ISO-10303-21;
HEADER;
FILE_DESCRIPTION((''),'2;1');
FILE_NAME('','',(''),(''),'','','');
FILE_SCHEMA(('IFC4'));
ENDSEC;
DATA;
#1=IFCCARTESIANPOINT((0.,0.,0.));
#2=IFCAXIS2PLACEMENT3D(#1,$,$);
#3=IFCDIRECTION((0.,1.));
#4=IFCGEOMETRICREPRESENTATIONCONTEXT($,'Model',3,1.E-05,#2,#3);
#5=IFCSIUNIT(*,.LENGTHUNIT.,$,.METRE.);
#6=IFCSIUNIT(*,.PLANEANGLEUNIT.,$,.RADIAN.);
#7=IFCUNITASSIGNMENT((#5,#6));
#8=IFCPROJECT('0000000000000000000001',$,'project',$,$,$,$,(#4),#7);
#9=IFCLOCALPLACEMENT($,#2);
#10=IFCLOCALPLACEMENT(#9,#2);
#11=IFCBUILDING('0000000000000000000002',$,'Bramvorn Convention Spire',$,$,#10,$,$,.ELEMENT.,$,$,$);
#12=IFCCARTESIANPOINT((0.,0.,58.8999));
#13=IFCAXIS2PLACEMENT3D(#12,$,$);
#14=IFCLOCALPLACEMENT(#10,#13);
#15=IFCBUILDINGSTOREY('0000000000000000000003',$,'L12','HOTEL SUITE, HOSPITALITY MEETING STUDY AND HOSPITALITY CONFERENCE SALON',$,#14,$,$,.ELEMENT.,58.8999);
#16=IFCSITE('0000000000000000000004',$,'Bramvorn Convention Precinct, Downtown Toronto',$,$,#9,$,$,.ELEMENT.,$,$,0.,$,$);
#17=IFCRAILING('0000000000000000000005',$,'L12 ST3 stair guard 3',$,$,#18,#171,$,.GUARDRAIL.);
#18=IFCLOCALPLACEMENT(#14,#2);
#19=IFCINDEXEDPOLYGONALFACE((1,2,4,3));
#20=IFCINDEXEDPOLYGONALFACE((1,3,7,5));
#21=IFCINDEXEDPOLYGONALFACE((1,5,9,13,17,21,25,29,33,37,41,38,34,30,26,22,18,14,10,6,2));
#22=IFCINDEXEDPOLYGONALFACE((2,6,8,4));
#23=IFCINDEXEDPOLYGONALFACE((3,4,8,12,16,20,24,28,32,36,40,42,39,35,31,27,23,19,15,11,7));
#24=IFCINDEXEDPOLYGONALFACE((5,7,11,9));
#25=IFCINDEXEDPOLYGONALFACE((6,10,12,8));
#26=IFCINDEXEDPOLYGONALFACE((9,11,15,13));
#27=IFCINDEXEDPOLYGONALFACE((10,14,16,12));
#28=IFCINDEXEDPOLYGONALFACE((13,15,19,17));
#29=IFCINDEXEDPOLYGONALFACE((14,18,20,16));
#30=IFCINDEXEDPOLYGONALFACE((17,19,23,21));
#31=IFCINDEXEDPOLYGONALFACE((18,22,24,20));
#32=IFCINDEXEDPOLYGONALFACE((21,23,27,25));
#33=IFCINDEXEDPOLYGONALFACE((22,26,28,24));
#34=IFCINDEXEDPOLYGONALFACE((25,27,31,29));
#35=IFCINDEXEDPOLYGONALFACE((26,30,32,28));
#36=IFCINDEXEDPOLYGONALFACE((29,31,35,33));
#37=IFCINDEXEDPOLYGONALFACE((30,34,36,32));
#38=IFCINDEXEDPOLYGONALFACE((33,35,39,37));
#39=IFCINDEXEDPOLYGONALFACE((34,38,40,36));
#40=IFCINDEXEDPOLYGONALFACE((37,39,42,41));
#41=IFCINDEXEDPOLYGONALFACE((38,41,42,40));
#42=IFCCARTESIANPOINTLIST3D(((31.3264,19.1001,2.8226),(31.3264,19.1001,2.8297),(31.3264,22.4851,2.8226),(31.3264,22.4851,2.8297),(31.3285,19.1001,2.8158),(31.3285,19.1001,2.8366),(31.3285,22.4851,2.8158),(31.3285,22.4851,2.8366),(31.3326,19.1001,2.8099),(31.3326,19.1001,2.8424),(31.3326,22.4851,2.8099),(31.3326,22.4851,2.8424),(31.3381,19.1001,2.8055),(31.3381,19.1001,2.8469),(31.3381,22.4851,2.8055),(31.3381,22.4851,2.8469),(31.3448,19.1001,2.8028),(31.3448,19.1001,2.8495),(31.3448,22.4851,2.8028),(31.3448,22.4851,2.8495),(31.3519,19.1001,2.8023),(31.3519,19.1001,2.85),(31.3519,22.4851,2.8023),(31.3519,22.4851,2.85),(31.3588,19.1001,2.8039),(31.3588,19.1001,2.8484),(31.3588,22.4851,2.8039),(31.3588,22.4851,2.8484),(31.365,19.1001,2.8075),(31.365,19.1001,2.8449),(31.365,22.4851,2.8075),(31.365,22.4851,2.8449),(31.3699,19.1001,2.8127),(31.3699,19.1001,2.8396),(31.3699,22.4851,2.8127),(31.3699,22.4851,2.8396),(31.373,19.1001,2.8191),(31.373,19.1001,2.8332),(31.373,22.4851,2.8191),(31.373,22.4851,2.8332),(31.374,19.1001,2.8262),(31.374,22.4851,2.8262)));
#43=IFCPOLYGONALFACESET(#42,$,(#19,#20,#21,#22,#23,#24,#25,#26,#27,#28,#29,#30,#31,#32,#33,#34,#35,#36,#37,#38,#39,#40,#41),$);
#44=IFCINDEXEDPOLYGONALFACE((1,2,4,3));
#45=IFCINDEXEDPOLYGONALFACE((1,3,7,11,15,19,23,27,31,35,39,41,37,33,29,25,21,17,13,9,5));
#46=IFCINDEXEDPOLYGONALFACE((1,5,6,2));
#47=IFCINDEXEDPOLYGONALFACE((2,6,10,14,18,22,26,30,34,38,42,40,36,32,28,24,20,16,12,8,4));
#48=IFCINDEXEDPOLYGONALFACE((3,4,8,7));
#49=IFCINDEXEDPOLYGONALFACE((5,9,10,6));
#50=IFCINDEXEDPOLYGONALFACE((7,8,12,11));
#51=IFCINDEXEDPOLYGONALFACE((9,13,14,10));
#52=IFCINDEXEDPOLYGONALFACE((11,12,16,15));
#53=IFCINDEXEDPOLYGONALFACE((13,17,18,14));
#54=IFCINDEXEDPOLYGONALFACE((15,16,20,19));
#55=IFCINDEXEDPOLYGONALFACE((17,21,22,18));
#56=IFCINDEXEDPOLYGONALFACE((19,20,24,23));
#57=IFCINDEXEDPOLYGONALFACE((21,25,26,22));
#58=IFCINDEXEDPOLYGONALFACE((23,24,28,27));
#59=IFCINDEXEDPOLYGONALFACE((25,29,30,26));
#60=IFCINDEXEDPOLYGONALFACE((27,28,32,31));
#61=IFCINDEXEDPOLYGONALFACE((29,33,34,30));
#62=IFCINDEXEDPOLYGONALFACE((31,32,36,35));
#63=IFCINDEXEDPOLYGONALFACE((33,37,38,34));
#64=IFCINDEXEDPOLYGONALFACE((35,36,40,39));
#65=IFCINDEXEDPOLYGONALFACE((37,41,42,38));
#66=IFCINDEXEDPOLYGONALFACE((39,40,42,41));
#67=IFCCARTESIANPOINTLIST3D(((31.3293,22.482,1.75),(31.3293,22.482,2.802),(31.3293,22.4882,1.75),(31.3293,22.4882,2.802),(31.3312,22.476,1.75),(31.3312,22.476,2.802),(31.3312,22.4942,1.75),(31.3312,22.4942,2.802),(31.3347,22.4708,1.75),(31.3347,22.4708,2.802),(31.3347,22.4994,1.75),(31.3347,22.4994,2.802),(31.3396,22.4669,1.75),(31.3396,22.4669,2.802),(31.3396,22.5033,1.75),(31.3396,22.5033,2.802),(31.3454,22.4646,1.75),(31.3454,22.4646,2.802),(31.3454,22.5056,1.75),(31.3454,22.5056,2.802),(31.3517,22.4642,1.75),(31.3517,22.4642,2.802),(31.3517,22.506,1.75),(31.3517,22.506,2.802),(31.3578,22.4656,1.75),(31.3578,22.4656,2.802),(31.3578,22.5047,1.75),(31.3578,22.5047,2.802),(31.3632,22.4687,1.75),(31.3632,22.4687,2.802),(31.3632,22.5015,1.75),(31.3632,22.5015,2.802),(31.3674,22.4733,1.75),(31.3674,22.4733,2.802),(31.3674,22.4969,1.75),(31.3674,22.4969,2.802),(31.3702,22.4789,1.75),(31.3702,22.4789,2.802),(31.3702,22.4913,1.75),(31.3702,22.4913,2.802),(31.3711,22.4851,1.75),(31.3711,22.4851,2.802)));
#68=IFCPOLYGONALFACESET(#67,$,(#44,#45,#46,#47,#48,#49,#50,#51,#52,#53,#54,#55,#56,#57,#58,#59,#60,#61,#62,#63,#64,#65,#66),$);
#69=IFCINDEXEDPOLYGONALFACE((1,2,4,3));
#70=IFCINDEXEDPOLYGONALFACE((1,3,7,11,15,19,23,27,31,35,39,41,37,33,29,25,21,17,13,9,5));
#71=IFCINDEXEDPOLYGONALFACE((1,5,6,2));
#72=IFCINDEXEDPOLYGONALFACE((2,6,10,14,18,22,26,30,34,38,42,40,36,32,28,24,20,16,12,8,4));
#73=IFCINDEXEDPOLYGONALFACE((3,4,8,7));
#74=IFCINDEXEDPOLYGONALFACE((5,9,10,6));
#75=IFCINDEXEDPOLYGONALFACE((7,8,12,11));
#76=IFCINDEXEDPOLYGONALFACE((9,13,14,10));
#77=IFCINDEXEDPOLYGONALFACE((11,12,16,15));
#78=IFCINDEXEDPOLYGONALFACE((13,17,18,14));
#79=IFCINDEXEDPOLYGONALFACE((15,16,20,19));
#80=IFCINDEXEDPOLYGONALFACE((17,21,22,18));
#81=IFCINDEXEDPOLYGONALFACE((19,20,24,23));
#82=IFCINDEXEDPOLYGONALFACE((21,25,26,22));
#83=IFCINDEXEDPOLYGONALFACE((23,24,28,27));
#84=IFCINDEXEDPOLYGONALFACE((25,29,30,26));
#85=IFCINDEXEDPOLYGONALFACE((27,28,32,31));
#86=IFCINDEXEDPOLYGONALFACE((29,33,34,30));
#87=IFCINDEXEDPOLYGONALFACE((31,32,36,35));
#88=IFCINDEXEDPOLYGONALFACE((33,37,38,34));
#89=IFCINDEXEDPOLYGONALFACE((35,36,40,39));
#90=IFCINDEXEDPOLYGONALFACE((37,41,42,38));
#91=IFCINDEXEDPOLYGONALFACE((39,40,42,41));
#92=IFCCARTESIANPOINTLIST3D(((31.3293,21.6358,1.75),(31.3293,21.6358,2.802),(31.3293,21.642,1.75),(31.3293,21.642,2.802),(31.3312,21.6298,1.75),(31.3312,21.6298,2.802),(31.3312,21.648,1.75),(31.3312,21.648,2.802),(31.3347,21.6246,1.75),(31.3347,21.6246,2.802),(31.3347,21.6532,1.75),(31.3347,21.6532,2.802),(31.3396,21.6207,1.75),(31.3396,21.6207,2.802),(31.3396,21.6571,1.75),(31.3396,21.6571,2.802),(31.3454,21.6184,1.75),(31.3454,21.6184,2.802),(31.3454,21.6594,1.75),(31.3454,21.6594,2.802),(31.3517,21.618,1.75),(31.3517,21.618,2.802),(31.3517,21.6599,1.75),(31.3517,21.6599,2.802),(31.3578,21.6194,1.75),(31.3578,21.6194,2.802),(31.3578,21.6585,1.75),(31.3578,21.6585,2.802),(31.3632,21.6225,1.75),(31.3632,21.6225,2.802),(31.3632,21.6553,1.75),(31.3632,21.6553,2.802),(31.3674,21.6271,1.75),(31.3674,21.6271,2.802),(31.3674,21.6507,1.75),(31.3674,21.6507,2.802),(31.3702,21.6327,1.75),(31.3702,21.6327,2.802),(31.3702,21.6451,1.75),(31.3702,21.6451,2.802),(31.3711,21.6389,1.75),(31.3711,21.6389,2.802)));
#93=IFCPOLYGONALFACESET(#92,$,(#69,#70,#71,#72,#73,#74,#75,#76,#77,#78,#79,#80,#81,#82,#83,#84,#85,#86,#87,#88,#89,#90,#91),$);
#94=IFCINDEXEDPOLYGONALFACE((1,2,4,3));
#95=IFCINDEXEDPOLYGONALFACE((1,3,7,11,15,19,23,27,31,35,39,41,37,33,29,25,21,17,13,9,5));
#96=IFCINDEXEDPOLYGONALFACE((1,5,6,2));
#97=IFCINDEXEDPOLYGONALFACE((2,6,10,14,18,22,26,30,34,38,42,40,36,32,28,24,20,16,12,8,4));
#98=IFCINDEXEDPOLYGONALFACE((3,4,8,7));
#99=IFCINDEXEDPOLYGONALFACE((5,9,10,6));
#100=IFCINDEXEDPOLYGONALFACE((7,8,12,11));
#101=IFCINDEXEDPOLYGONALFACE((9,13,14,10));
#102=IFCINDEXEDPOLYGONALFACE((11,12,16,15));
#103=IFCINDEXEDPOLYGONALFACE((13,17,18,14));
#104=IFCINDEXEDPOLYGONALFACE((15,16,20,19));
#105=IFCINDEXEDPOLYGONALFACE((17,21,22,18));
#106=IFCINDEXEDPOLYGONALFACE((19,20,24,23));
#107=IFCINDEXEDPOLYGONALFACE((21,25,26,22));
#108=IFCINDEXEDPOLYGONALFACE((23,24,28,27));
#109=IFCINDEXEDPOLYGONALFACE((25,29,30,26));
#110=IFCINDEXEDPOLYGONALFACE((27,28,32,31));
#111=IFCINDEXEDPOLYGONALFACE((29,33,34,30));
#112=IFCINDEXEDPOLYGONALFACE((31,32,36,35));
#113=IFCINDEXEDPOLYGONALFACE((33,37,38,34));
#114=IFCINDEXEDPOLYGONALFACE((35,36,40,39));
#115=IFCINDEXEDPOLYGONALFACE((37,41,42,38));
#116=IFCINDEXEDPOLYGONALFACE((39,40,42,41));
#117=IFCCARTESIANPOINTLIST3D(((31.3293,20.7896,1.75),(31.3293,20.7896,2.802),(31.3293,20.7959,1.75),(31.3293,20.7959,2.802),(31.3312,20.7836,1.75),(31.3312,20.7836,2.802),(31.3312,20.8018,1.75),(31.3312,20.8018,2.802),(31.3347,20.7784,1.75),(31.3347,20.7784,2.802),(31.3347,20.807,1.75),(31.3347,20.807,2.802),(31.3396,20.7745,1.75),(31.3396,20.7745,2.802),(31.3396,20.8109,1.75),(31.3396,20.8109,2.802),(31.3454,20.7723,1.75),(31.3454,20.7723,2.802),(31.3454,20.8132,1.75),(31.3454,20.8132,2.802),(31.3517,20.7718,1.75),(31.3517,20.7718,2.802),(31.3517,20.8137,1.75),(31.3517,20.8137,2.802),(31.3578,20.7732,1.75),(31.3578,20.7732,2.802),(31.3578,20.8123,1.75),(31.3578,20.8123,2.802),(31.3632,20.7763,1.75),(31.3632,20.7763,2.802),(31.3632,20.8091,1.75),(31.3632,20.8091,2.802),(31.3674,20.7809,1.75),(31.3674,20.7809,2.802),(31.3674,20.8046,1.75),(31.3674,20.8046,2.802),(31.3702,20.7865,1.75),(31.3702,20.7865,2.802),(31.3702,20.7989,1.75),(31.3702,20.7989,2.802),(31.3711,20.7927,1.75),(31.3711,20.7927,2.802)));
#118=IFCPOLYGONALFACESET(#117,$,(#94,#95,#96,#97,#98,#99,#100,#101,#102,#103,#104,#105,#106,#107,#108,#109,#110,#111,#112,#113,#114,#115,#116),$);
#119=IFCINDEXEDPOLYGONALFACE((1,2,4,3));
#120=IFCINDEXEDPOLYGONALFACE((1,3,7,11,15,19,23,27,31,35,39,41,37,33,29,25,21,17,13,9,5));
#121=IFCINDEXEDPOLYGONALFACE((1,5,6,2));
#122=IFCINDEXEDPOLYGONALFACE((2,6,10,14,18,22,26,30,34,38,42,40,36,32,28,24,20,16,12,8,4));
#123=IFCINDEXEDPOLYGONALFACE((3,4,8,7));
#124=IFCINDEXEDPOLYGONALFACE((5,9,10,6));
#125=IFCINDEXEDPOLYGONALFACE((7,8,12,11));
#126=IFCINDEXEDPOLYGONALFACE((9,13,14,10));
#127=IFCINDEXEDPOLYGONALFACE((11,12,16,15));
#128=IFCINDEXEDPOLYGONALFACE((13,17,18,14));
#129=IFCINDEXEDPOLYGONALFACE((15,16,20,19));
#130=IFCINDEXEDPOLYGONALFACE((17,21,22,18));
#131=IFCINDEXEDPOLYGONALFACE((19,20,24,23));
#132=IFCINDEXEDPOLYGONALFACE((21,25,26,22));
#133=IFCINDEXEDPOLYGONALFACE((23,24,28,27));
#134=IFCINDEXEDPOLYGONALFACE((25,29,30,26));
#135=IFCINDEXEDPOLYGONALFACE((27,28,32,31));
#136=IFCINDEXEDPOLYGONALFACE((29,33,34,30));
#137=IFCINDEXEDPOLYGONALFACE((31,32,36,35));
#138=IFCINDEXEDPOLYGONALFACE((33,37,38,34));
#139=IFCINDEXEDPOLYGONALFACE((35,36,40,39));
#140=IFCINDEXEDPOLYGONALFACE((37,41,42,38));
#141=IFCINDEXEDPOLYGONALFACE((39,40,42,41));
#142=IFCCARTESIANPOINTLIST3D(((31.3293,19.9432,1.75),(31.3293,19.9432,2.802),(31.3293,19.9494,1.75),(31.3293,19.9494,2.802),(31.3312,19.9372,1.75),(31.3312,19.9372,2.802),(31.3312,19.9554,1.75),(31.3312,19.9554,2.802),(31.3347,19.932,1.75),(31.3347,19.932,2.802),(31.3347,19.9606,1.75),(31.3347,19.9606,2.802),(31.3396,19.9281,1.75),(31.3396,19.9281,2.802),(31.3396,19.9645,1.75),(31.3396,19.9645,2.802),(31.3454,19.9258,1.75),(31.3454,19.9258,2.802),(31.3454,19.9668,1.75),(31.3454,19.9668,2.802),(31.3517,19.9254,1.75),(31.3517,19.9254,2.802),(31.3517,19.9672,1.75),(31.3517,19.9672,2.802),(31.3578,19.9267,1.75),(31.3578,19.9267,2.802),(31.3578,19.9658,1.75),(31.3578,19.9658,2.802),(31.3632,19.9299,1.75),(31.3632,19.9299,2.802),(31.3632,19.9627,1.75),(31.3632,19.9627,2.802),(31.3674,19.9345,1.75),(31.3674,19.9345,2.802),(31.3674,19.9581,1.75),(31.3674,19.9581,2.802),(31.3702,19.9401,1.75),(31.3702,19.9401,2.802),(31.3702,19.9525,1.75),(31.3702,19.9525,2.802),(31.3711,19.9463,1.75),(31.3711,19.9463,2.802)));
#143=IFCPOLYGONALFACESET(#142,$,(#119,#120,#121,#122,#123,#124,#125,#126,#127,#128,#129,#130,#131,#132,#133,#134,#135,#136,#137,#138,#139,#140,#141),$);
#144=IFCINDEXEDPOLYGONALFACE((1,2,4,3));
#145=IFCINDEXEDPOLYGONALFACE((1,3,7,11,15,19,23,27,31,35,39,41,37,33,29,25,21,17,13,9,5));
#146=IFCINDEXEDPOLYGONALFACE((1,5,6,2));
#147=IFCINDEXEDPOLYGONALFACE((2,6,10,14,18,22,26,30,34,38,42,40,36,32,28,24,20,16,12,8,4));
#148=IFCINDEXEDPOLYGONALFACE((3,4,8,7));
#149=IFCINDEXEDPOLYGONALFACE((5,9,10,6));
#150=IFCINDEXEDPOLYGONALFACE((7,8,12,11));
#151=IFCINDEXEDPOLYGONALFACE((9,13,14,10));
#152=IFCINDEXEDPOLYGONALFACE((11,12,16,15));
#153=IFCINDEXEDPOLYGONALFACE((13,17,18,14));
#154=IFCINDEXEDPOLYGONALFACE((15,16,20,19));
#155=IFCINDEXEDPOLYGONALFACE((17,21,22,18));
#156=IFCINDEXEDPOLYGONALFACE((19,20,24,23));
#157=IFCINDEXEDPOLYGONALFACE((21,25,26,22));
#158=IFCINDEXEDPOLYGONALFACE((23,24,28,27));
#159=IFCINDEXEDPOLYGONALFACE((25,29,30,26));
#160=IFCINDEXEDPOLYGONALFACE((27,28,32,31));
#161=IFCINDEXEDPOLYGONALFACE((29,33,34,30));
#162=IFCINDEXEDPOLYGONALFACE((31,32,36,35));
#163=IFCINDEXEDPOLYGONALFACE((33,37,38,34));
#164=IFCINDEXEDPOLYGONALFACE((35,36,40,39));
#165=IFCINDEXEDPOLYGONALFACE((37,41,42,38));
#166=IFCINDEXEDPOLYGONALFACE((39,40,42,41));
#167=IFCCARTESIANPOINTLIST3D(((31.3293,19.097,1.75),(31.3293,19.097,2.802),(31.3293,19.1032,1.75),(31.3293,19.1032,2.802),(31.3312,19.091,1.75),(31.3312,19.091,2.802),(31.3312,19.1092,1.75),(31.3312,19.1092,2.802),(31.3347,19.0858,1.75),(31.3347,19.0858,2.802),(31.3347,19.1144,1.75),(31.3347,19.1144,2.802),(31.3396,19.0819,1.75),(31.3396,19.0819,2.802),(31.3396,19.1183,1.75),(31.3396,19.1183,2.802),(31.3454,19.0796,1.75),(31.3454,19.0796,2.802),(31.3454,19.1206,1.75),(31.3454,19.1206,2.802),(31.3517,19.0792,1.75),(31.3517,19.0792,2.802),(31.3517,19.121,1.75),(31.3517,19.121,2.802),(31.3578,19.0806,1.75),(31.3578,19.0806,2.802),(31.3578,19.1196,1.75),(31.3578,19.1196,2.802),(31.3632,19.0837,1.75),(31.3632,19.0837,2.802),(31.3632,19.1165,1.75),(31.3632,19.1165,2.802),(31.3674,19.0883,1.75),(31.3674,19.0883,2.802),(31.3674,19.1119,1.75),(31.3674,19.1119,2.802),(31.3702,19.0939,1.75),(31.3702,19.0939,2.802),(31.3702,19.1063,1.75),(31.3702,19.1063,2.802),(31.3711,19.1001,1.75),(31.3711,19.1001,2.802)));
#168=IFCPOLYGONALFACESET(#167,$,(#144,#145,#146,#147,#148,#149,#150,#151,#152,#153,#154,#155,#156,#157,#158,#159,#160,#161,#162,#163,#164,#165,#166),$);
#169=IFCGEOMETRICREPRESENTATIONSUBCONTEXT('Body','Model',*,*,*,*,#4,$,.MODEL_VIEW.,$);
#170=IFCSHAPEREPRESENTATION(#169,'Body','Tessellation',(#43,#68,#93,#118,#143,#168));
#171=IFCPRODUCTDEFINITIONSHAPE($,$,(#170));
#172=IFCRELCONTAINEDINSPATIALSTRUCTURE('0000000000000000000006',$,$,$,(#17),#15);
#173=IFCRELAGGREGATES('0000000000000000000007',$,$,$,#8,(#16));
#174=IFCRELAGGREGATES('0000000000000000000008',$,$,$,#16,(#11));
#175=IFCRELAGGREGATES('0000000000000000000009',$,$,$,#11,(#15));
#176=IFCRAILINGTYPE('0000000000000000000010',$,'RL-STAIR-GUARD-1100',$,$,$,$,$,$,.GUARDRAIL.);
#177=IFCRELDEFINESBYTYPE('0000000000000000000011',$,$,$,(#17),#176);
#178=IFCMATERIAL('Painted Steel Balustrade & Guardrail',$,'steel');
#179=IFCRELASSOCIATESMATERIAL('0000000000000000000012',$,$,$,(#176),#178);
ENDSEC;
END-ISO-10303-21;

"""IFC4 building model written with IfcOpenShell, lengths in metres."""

from ifc_helpers import new_model, si_unit, direction, frame, origin, origin_2d, place, context, subcontext, project, spatial, circle, extrude, material, type_object, element, save


model = new_model("IFC4")

# Units and contexts
model_context = context("Model", 3, precision=1e-05, world=origin(), true_north=direction((0.0, 1.0)))
body_context = subcontext(model_context, "Body", "Model", "MODEL_VIEW")
ifc_project = project(units=[si_unit("LENGTHUNIT", "METRE"), si_unit("PLANEANGLEUNIT", "RADIAN")], contexts=[model_context])

# Site, building, storey
site_placement = place(None, origin())
site = spatial("IfcSite", under=ifc_project, at=site_placement, Name="Bramvorn Convention Precinct, Downtown Toronto", CompositionType="ELEMENT", RefElevation=0.0)
building_placement = place(site_placement, origin())
building = spatial("IfcBuilding", under=site, at=building_placement, Name="Bramvorn Convention Spire", CompositionType="ELEMENT")
storey_placement = place(building_placement, frame((0.0, 0.0, 58.8999)))
storey = spatial("IfcBuildingStorey", under=building, at=storey_placement, Name="L12", Description="HOTEL SUITE, HOSPITALITY MEETING STUDY AND HOSPITALITY CONFERENCE SALON", CompositionType="ELEMENT", Elevation=58.8999)

# Railing
ifc_material_1 = material(Name="Painted Steel Balustrade & Guardrail", Category="steel")
railing_type_1 = type_object("IfcRailingType", Name="RL-STAIR-GUARD-1100", PredefinedType="GUARDRAIL", material=ifc_material_1)
for number, where, name in (
    (1, (31.3501, 22.4851, 1.75), "L12 ST3 stair guard 3"),
):
    element("IfcRailing", number, at=place(storey_placement, frame(where)), inside=storey, type_object=railing_type_1, Name=name, PredefinedType="GUARDRAIL", context=body_context, shape_type="SweptSolid", body=[
        extrude(circle(Radius=0.0239, at=origin_2d()), frame((0.0, 0.0, 1.0762), z_axis=(0.0, -1.0, 0.0), x_axis=(1.0, 0.0, 0.0)), (0.0, 0.0, 1.0), 3.385),
        extrude(circle(Radius=0.021, at=origin_2d()), origin(), (0.0, 0.0, 1.0), 1.052),
        extrude(circle(Radius=0.021, at=origin_2d()), frame((0.0, -0.8462, 0.0)), (0.0, 0.0, 1.0), 1.052),
        extrude(circle(Radius=0.021, at=origin_2d()), frame((0.0, -1.6924, 0.0)), (0.0, 0.0, 1.0), 1.052),
        extrude(circle(Radius=0.021, at=origin_2d()), frame((0.0, -2.5388, 0.0)), (0.0, 0.0, 1.0), 1.052),
        extrude(circle(Radius=0.021, at=origin_2d()), frame((0.0, -3.385, 0.0)), (0.0, 0.0, 1.0), 1.052),
    ])

save(model, "model.ifc")
